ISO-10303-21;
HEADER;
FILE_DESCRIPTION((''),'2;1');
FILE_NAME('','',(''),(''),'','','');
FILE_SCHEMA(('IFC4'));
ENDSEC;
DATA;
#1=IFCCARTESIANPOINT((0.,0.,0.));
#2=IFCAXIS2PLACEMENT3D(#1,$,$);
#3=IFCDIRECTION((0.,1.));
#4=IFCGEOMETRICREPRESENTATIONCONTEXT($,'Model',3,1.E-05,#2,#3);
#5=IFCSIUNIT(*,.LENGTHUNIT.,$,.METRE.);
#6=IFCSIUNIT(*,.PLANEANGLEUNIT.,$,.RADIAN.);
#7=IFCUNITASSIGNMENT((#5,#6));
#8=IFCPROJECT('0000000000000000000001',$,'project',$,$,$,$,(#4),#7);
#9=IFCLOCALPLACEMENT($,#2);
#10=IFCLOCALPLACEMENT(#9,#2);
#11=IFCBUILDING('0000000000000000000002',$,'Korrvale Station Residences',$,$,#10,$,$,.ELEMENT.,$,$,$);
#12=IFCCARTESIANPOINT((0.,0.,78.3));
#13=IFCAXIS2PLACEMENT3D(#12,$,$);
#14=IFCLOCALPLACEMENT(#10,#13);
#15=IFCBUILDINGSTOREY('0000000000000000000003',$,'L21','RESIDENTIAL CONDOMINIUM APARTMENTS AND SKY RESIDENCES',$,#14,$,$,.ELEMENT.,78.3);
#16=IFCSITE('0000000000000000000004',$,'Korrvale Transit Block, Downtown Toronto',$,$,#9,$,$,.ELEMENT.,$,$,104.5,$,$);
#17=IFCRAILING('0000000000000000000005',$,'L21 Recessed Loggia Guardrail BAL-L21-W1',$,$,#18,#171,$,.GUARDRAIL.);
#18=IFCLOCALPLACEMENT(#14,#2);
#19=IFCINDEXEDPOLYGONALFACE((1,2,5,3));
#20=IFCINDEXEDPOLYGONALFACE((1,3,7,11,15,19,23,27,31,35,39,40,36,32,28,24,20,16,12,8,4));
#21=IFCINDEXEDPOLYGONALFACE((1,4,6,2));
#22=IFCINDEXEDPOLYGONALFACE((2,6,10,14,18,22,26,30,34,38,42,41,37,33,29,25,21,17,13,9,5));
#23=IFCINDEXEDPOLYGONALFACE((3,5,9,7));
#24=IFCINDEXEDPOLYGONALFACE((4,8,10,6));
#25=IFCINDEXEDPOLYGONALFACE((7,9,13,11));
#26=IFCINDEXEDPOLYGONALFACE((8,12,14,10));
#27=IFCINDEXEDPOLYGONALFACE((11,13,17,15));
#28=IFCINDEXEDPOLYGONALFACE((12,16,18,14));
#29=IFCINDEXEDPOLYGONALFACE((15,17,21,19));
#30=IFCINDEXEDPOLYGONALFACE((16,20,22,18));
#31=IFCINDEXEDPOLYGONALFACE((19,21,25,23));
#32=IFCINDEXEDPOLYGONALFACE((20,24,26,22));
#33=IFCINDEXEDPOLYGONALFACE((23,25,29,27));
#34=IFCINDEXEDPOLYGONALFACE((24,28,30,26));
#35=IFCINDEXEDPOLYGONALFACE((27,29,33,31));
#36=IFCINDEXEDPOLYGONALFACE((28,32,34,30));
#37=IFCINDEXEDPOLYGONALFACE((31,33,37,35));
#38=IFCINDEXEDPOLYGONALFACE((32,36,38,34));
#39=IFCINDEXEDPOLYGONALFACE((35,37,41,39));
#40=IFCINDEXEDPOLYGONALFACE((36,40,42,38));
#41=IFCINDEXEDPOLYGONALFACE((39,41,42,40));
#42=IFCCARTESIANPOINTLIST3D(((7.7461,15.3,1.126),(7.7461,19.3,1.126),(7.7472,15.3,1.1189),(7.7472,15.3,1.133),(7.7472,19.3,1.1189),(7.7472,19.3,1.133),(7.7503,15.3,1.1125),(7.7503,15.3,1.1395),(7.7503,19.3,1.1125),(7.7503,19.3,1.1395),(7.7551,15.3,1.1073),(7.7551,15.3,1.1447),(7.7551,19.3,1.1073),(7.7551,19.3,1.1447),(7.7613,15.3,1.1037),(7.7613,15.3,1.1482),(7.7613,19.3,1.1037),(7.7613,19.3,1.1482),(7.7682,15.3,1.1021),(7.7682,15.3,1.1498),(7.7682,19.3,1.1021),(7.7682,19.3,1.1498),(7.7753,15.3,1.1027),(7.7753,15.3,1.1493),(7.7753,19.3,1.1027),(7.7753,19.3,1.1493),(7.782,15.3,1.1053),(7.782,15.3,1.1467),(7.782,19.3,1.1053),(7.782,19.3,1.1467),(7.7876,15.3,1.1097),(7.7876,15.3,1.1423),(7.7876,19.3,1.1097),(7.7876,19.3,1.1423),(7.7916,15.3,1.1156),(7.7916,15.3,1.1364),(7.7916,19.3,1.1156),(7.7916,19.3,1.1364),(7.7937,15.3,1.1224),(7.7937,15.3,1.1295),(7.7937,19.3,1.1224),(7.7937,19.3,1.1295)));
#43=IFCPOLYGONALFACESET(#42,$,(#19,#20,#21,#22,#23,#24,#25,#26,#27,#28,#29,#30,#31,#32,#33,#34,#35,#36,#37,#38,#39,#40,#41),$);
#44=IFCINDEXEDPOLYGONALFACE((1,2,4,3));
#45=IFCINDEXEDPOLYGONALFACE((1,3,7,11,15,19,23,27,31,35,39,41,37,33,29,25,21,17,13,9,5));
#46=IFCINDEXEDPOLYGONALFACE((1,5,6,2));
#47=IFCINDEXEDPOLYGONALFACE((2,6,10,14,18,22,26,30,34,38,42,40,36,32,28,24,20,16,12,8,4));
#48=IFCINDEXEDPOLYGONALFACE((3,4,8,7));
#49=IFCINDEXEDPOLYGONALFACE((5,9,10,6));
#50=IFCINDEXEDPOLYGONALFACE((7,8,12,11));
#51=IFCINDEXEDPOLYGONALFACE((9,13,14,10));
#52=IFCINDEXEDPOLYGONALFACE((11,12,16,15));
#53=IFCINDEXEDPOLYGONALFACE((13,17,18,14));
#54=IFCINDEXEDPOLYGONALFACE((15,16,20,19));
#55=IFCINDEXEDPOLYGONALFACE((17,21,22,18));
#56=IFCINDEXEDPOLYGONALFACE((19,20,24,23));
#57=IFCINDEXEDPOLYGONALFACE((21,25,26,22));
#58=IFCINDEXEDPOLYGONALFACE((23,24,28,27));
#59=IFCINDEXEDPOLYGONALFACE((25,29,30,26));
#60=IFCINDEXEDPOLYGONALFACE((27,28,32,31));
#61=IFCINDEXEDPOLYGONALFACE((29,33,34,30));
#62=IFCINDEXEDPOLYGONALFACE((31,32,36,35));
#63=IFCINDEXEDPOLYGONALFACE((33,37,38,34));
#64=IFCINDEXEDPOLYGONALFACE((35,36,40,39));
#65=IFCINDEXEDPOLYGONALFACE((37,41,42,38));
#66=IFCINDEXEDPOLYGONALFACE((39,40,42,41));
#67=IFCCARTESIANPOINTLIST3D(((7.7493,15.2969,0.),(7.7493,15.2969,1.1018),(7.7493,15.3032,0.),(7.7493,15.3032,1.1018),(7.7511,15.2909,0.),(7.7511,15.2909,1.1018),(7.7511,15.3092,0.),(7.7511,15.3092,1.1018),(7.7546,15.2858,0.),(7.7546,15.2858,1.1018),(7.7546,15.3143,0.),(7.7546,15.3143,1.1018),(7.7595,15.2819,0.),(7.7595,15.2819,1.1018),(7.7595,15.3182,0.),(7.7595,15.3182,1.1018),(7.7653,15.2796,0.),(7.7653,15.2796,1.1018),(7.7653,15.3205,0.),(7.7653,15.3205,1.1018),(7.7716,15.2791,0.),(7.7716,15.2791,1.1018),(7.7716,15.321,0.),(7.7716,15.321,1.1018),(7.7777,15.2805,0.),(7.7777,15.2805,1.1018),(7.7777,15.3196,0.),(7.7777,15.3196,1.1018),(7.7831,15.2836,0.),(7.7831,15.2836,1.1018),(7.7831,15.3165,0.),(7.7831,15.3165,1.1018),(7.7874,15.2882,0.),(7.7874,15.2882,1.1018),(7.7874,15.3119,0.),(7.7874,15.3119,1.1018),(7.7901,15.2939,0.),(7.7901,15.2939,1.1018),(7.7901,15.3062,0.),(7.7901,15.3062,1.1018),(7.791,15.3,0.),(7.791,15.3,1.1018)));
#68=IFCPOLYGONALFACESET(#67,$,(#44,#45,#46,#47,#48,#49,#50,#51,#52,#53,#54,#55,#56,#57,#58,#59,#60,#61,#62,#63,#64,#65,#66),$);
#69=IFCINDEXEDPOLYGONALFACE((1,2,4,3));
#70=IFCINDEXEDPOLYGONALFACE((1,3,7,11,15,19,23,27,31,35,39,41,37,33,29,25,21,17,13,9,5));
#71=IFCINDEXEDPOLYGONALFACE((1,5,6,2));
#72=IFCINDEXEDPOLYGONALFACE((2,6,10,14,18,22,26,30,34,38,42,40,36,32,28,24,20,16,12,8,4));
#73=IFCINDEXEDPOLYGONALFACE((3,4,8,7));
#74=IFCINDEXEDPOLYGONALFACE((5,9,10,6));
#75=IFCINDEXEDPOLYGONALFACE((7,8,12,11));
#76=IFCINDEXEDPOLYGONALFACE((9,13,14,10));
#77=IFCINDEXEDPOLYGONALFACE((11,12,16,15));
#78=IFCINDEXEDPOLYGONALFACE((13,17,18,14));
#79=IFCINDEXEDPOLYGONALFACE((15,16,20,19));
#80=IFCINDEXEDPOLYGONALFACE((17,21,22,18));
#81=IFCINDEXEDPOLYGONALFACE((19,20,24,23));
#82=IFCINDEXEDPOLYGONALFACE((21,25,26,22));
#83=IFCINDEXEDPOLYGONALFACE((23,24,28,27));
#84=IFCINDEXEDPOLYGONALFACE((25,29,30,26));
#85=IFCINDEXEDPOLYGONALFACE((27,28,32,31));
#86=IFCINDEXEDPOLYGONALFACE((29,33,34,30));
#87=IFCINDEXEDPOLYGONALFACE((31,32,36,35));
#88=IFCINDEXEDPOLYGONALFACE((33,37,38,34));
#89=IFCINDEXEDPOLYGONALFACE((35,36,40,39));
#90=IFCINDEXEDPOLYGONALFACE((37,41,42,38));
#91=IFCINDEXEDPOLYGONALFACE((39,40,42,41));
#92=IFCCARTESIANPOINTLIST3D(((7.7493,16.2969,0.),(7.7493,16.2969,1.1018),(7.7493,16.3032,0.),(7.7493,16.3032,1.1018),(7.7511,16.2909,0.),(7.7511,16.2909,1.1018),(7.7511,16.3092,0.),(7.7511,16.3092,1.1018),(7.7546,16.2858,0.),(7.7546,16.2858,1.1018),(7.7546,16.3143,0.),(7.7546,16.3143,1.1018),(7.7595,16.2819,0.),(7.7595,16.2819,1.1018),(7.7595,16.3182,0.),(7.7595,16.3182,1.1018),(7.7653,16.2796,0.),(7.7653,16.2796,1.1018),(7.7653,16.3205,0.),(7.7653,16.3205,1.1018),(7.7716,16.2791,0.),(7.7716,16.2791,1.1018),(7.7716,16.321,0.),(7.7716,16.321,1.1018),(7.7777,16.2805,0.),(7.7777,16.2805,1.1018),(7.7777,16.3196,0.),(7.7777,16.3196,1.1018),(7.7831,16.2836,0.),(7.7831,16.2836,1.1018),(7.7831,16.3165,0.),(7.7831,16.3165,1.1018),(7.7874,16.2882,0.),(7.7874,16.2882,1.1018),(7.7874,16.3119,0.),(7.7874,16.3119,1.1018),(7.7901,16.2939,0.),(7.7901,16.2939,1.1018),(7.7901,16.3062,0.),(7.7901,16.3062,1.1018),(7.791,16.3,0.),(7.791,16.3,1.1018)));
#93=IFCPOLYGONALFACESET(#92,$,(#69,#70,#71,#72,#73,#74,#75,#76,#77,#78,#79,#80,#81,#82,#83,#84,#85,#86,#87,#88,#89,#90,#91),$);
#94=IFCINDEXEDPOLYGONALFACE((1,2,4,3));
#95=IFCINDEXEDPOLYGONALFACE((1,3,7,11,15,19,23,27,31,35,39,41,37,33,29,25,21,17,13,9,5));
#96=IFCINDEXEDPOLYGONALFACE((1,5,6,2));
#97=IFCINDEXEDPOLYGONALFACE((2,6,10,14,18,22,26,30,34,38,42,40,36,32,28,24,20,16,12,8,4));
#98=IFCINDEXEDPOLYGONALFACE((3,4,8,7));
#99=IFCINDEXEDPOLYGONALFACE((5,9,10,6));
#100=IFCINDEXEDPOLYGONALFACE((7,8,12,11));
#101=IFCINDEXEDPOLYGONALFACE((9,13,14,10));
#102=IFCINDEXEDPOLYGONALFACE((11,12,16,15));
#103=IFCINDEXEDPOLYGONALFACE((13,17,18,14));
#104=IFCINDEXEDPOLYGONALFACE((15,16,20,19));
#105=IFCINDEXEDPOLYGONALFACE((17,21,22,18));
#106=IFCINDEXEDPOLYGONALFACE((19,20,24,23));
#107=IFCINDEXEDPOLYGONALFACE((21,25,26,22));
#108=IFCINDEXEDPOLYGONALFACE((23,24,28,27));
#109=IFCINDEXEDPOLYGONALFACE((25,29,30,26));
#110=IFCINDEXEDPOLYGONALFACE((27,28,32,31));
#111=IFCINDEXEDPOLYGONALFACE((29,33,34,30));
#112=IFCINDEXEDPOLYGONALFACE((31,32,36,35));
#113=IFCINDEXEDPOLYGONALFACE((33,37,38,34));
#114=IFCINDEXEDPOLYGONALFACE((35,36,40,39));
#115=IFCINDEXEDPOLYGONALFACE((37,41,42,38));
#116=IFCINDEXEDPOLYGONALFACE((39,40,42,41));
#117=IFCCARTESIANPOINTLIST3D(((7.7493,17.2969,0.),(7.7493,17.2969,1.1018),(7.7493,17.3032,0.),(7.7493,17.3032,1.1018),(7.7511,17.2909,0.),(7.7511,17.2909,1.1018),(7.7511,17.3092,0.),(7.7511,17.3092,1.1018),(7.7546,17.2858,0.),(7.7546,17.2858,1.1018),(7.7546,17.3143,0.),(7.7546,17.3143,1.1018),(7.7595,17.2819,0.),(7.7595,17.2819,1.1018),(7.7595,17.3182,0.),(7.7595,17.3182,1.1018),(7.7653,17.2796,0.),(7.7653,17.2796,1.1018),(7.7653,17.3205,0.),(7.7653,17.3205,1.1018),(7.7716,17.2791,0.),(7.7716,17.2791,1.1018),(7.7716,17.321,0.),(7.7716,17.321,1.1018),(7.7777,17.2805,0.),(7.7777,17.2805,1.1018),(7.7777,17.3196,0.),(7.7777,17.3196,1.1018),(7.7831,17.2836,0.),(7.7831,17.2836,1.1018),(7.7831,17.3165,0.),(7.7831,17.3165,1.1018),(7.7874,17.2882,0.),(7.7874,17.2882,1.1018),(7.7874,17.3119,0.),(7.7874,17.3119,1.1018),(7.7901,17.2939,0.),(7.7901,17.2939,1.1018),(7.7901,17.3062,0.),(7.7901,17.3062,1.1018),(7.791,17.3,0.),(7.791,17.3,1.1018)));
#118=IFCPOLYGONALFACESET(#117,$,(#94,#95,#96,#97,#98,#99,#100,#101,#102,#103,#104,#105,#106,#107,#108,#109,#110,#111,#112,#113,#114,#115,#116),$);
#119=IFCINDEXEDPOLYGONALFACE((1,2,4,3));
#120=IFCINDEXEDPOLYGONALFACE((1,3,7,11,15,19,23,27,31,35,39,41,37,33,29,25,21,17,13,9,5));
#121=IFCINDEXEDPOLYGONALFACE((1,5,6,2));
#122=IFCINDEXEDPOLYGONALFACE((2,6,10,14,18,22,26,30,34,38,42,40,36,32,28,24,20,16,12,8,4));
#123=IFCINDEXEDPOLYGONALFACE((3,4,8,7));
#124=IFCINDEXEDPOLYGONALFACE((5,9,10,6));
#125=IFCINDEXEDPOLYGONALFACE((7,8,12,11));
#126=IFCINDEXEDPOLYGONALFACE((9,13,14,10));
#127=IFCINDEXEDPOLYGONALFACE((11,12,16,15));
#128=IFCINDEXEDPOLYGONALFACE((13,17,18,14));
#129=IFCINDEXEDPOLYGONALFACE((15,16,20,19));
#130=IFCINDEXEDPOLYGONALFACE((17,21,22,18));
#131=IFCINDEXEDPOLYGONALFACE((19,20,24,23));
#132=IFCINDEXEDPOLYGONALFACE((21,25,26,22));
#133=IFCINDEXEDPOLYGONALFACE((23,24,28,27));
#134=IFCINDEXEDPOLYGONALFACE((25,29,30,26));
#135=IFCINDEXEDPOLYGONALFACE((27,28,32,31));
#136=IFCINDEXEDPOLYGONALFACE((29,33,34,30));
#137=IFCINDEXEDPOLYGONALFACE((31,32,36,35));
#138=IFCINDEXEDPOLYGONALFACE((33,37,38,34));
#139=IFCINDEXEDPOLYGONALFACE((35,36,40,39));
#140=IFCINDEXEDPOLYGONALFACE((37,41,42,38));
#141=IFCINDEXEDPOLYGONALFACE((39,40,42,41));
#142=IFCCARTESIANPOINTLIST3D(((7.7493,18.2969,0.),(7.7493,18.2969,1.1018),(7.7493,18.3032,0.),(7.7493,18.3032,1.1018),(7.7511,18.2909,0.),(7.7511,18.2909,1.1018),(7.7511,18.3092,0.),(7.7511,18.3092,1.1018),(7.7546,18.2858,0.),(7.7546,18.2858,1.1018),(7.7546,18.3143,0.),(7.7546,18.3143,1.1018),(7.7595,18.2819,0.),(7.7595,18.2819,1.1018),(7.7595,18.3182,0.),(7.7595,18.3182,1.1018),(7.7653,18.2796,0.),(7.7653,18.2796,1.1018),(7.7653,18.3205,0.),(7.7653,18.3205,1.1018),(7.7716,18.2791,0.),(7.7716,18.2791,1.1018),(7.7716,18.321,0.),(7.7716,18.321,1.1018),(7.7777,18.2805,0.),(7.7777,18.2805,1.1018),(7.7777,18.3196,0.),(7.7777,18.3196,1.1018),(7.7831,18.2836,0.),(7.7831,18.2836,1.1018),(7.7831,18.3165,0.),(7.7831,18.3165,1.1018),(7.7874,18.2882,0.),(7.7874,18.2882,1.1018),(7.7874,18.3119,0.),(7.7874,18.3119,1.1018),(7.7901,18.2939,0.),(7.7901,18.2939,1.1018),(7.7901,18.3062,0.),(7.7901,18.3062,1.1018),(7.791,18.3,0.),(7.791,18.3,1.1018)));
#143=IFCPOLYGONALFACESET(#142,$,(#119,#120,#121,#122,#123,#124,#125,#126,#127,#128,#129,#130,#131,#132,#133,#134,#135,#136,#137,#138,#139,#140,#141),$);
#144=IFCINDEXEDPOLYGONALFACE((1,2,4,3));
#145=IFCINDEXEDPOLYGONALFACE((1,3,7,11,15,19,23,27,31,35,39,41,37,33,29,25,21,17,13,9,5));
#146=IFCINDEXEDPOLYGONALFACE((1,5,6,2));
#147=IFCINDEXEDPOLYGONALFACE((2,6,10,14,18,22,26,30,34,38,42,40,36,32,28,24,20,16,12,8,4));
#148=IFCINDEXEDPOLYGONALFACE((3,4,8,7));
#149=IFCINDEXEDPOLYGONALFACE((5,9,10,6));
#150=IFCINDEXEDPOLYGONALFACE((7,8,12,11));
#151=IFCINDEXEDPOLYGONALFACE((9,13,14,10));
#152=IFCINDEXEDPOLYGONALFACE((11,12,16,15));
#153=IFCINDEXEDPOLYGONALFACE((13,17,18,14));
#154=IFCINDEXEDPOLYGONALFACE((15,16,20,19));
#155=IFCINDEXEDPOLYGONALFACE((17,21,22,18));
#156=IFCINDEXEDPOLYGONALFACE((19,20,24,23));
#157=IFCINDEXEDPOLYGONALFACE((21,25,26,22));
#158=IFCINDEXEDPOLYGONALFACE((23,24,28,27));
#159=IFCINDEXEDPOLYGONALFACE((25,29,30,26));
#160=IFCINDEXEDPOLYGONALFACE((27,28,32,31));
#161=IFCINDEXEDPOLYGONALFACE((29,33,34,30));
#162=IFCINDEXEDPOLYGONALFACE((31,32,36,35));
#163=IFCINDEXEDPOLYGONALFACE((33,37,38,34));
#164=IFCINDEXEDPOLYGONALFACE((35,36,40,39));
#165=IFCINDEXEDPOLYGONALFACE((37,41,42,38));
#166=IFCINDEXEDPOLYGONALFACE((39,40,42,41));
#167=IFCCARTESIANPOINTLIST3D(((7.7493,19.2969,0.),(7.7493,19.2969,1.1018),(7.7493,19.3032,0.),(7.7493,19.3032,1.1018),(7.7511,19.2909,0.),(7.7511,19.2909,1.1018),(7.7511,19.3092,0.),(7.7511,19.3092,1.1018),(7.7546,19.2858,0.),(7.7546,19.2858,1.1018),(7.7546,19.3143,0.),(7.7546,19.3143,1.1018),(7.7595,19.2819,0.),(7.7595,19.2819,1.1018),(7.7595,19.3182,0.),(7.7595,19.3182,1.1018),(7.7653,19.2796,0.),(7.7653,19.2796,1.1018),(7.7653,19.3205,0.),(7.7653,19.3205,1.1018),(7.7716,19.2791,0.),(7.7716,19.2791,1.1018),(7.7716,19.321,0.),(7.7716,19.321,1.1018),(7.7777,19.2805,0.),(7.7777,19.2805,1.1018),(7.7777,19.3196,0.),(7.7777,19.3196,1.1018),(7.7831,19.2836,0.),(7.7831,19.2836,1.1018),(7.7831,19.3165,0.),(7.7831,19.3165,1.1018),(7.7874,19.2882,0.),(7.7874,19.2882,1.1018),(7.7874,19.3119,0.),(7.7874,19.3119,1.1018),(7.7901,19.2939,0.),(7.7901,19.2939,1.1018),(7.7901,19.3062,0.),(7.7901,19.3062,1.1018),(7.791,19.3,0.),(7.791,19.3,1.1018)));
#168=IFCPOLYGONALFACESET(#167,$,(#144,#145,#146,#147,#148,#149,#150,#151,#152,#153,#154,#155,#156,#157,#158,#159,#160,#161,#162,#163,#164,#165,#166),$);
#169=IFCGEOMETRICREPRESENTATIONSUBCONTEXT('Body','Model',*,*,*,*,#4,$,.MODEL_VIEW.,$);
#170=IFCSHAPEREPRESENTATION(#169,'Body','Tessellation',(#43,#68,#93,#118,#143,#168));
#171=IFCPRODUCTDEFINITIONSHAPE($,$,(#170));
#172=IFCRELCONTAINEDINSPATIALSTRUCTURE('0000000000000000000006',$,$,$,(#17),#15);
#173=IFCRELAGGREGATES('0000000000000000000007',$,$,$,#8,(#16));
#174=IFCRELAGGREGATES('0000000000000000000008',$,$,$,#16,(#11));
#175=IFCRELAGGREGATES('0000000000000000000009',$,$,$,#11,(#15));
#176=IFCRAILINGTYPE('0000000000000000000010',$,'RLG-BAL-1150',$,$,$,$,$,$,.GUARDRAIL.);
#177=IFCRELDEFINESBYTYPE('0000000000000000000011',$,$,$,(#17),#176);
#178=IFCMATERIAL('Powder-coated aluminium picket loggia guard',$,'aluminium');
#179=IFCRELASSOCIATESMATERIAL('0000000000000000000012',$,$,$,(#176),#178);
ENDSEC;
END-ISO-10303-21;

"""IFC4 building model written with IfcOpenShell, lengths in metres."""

from ifc_helpers import new_model, si_unit, direction, frame, origin, origin_2d, place, context, subcontext, project, spatial, circle, extrude, material, type_object, element, save


model = new_model("IFC4")

# Units and contexts
model_context = context("Model", 3, precision=1e-05, world=origin(), true_north=direction((0.0, 1.0)))
body_context = subcontext(model_context, "Body", "Model", "MODEL_VIEW")
ifc_project = project(units=[si_unit("LENGTHUNIT", "METRE"), si_unit("PLANEANGLEUNIT", "RADIAN")], contexts=[model_context])

# Site, building, storey
site_placement = place(None, origin())
site = spatial("IfcSite", under=ifc_project, at=site_placement, Name="Korrvale Transit Block, Downtown Toronto", CompositionType="ELEMENT", RefElevation=104.5)
building_placement = place(site_placement, origin())
building = spatial("IfcBuilding", under=site, at=building_placement, Name="Korrvale Station Residences", CompositionType="ELEMENT")
storey_placement = place(building_placement, frame((0.0, 0.0, 78.3)))
storey = spatial("IfcBuildingStorey", under=building, at=storey_placement, Name="L21", Description="RESIDENTIAL CONDOMINIUM APARTMENTS AND SKY RESIDENCES", CompositionType="ELEMENT", Elevation=78.3)

# Railing
ifc_material_1 = material(Name="Powder-coated aluminium picket loggia guard", Category="aluminium")
railing_type = type_object("IfcRailingType", Name="RLG-BAL-1150", PredefinedType="GUARDRAIL", material=ifc_material_1)
railing_placement = place(storey_placement, frame((7.77, 15.3, 0.0)))
element("IfcRailing", 1, at=railing_placement, inside=storey, type_object=railing_type, Name="L21 Recessed Loggia Guardrail BAL-L21-W1", PredefinedType="GUARDRAIL", context=body_context, shape_type="SweptSolid", body=[
    extrude(circle(Radius=0.0239, at=origin_2d()), frame((0.0, 0.0, 1.126), z_axis=(0.0, 1.0, 0.0), x_axis=(-1.0, 0.0, 0.0)), (0.0, 0.0, 1.0), 4.0),
    extrude(circle(Radius=0.021, at=origin_2d()), origin(), (0.0, 0.0, 1.0), 1.1018),
    extrude(circle(Radius=0.021, at=origin_2d()), frame((0.0, 1.0, 0.0)), (0.0, 0.0, 1.0), 1.1018),
    extrude(circle(Radius=0.021, at=origin_2d()), frame((0.0, 2.0, 0.0)), (0.0, 0.0, 1.0), 1.1018),
    extrude(circle(Radius=0.021, at=origin_2d()), frame((0.0, 3.0, 0.0)), (0.0, 0.0, 1.0), 1.1018),
    extrude(circle(Radius=0.021, at=origin_2d()), frame((0.0, 4.0, 0.0)), (0.0, 0.0, 1.0), 1.1018),
])

save(model, "model.ifc")
